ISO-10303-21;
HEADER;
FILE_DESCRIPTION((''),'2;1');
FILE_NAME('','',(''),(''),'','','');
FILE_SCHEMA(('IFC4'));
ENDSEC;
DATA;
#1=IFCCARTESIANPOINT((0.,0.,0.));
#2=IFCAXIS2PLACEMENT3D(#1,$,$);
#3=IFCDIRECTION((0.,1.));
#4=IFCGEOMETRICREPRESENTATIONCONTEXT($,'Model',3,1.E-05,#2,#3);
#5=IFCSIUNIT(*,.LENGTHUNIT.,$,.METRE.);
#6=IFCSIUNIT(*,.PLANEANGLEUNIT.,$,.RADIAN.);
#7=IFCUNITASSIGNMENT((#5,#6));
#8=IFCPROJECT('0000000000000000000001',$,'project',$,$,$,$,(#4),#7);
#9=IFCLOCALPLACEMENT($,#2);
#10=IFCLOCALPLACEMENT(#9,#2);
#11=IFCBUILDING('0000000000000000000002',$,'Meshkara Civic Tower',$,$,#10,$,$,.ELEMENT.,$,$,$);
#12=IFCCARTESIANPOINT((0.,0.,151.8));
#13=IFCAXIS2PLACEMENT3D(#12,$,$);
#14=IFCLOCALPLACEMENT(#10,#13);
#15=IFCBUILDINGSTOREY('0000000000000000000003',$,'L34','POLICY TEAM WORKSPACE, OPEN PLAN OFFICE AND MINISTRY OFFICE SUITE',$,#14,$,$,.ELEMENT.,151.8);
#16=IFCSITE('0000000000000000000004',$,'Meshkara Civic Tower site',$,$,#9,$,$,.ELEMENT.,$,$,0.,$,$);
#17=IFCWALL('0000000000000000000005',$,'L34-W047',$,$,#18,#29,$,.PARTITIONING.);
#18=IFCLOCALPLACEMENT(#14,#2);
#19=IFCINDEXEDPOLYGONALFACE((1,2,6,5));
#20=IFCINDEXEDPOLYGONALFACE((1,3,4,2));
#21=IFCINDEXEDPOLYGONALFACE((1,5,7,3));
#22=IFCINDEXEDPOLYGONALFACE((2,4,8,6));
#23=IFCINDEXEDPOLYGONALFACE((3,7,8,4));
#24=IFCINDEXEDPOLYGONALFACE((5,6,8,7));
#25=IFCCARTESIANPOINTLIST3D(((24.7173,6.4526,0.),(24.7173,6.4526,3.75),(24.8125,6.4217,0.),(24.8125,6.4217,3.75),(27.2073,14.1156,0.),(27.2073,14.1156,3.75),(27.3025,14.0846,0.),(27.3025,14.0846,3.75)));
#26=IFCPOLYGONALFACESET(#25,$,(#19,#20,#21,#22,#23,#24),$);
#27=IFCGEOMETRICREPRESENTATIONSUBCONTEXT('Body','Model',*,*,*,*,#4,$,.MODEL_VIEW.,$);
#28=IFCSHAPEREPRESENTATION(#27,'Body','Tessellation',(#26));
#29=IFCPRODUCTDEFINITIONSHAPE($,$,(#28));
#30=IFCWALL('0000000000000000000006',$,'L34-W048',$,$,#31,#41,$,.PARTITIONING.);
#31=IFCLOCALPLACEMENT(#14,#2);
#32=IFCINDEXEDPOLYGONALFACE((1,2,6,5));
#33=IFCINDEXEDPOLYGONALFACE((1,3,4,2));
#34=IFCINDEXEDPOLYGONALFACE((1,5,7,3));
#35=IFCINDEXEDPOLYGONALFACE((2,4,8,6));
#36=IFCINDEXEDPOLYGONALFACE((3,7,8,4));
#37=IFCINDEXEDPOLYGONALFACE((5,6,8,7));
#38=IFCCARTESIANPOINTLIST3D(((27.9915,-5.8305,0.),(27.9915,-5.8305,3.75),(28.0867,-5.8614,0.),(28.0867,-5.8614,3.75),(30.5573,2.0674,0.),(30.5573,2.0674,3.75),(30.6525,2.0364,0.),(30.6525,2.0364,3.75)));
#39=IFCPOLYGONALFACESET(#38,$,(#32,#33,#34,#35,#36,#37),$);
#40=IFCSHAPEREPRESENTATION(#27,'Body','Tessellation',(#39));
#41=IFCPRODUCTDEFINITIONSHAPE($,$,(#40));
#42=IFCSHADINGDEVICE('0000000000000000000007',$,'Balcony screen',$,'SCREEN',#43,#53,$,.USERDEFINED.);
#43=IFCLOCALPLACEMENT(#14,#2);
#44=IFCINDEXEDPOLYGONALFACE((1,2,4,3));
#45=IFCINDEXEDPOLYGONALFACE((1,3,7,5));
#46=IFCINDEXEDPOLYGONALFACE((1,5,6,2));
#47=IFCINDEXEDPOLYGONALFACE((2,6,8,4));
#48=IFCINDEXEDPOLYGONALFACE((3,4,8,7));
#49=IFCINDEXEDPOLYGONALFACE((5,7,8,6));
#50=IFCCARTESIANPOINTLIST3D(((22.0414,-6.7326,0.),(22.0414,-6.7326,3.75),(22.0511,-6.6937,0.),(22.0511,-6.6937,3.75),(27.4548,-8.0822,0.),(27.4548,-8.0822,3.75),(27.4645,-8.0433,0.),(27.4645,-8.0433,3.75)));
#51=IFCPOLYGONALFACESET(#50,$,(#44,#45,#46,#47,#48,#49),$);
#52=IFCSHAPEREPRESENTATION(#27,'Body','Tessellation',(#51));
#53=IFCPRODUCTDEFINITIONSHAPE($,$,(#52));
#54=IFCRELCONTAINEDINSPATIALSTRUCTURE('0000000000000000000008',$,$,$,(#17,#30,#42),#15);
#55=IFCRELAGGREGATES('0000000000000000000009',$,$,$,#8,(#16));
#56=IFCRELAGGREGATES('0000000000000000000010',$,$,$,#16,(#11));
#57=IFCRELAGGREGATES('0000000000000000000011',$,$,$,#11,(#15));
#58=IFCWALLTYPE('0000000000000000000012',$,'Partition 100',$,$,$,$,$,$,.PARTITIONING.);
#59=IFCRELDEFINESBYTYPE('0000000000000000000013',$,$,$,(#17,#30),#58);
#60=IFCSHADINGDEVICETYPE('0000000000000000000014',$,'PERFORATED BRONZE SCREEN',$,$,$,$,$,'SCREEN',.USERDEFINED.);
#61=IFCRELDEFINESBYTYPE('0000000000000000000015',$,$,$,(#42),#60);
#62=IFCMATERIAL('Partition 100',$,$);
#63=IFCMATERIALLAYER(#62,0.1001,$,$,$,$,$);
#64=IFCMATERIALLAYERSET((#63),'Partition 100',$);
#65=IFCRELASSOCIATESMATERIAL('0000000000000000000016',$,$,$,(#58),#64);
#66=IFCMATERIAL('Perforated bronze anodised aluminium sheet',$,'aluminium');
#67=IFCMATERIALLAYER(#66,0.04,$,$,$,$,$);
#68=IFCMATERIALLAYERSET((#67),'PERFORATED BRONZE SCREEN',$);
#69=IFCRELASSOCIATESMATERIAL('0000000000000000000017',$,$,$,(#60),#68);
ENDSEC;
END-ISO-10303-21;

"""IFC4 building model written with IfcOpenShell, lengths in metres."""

from ifc_helpers import new_model, si_unit, direction, frame, frame_2d, origin, origin_2d, place, context, subcontext, project, spatial, rectangle, extrude, material, layer, layer_set, type_object, element, save


model = new_model("IFC4")

# Units and contexts
model_context = context("Model", 3, precision=1e-05, world=origin(), true_north=direction((0.0, 1.0)))
body_context = subcontext(model_context, "Body", "Model", "MODEL_VIEW")
ifc_project = project(units=[si_unit("LENGTHUNIT", "METRE"), si_unit("PLANEANGLEUNIT", "RADIAN")], contexts=[model_context])

# Site, building, storey
site_placement = place(None, origin())
site = spatial("IfcSite", under=ifc_project, at=site_placement, Name="Meshkara Civic Tower site", CompositionType="ELEMENT", RefElevation=0.0)
building_placement = place(site_placement, origin())
building = spatial("IfcBuilding", under=site, at=building_placement, Name="Meshkara Civic Tower", CompositionType="ELEMENT")
storey_placement = place(building_placement, frame((0.0, 0.0, 151.8)))
storey = spatial("IfcBuildingStorey", under=building, at=storey_placement, Name="L34", Description="POLICY TEAM WORKSPACE, OPEN PLAN OFFICE AND MINISTRY OFFICE SUITE", CompositionType="ELEMENT", Elevation=151.8)

# Walls
ifc_material_1 = material(Name="Partition 100")
ifc_layer_1 = layer(ifc_material_1, 0.1001)
ifc_layer_set_1 = layer_set([ifc_layer_1], Name="Partition 100")
wall_type_1 = type_object("IfcWallType", Name="Partition 100", PredefinedType="PARTITIONING", material=ifc_layer_set_1)
wall_1_placement = place(storey_placement, frame((24.7649, 6.437, 0.0), z_axis=(0.0, 0.0, 1.0), x_axis=(0.309029, 0.951053, 0.0)))
element("IfcWall", 1, at=wall_1_placement, inside=storey, type_object=wall_type_1, Name="L34-W047", PredefinedType="PARTITIONING", context=body_context, shape_type="SweptSolid", body=[
    extrude(rectangle(XDim=8.0574, YDim=0.1001, at=frame_2d((4.0288, 0.0))), origin(), (0.0, 0.0, 1.0), 3.75),
])
wall_2_placement = place(storey_placement, frame((28.0391, -5.8459, 0.0), z_axis=(0.0, 0.0, 1.0), x_axis=(0.308986, 0.951066, 0.0)))
element("IfcWall", 2, at=wall_2_placement, inside=storey, type_object=wall_type_1, Name="L34-W048", PredefinedType="PARTITIONING", context=body_context, shape_type="SweptSolid", body=[
    extrude(rectangle(XDim=8.3042, YDim=0.1001, at=frame_2d((4.1521, 0.0))), origin(), (0.0, 0.0, 1.0), 3.75),
])

# Shading device
ifc_material_2 = material(Name="Perforated bronze anodised aluminium sheet", Category="aluminium")
ifc_layer_2 = layer(ifc_material_2, 0.04)
ifc_layer_set_2 = layer_set([ifc_layer_2], Name="PERFORATED BRONZE SCREEN")
shading_device_type = type_object("IfcShadingDeviceType", Name="PERFORATED BRONZE SCREEN", ElementType="SCREEN", PredefinedType="USERDEFINED", material=ifc_layer_set_2)
shading_device_placement = place(storey_placement, frame((24.7529, -7.3879, 0.0), z_axis=(0.0, 0.0, 1.0), x_axis=(0.9703, -0.241905, 0.0)))
element("IfcShadingDevice", 3, at=shading_device_placement, inside=storey, type_object=shading_device_type, Name="Balcony screen", ObjectType="SCREEN", PredefinedType="USERDEFINED", context=body_context, shape_type="SweptSolid", body=[
    extrude(rectangle(XDim=5.5791, YDim=0.04, at=origin_2d()), origin(), (0.0, 0.0, 1.0), 3.75),
])

save(model, "model.ifc")
